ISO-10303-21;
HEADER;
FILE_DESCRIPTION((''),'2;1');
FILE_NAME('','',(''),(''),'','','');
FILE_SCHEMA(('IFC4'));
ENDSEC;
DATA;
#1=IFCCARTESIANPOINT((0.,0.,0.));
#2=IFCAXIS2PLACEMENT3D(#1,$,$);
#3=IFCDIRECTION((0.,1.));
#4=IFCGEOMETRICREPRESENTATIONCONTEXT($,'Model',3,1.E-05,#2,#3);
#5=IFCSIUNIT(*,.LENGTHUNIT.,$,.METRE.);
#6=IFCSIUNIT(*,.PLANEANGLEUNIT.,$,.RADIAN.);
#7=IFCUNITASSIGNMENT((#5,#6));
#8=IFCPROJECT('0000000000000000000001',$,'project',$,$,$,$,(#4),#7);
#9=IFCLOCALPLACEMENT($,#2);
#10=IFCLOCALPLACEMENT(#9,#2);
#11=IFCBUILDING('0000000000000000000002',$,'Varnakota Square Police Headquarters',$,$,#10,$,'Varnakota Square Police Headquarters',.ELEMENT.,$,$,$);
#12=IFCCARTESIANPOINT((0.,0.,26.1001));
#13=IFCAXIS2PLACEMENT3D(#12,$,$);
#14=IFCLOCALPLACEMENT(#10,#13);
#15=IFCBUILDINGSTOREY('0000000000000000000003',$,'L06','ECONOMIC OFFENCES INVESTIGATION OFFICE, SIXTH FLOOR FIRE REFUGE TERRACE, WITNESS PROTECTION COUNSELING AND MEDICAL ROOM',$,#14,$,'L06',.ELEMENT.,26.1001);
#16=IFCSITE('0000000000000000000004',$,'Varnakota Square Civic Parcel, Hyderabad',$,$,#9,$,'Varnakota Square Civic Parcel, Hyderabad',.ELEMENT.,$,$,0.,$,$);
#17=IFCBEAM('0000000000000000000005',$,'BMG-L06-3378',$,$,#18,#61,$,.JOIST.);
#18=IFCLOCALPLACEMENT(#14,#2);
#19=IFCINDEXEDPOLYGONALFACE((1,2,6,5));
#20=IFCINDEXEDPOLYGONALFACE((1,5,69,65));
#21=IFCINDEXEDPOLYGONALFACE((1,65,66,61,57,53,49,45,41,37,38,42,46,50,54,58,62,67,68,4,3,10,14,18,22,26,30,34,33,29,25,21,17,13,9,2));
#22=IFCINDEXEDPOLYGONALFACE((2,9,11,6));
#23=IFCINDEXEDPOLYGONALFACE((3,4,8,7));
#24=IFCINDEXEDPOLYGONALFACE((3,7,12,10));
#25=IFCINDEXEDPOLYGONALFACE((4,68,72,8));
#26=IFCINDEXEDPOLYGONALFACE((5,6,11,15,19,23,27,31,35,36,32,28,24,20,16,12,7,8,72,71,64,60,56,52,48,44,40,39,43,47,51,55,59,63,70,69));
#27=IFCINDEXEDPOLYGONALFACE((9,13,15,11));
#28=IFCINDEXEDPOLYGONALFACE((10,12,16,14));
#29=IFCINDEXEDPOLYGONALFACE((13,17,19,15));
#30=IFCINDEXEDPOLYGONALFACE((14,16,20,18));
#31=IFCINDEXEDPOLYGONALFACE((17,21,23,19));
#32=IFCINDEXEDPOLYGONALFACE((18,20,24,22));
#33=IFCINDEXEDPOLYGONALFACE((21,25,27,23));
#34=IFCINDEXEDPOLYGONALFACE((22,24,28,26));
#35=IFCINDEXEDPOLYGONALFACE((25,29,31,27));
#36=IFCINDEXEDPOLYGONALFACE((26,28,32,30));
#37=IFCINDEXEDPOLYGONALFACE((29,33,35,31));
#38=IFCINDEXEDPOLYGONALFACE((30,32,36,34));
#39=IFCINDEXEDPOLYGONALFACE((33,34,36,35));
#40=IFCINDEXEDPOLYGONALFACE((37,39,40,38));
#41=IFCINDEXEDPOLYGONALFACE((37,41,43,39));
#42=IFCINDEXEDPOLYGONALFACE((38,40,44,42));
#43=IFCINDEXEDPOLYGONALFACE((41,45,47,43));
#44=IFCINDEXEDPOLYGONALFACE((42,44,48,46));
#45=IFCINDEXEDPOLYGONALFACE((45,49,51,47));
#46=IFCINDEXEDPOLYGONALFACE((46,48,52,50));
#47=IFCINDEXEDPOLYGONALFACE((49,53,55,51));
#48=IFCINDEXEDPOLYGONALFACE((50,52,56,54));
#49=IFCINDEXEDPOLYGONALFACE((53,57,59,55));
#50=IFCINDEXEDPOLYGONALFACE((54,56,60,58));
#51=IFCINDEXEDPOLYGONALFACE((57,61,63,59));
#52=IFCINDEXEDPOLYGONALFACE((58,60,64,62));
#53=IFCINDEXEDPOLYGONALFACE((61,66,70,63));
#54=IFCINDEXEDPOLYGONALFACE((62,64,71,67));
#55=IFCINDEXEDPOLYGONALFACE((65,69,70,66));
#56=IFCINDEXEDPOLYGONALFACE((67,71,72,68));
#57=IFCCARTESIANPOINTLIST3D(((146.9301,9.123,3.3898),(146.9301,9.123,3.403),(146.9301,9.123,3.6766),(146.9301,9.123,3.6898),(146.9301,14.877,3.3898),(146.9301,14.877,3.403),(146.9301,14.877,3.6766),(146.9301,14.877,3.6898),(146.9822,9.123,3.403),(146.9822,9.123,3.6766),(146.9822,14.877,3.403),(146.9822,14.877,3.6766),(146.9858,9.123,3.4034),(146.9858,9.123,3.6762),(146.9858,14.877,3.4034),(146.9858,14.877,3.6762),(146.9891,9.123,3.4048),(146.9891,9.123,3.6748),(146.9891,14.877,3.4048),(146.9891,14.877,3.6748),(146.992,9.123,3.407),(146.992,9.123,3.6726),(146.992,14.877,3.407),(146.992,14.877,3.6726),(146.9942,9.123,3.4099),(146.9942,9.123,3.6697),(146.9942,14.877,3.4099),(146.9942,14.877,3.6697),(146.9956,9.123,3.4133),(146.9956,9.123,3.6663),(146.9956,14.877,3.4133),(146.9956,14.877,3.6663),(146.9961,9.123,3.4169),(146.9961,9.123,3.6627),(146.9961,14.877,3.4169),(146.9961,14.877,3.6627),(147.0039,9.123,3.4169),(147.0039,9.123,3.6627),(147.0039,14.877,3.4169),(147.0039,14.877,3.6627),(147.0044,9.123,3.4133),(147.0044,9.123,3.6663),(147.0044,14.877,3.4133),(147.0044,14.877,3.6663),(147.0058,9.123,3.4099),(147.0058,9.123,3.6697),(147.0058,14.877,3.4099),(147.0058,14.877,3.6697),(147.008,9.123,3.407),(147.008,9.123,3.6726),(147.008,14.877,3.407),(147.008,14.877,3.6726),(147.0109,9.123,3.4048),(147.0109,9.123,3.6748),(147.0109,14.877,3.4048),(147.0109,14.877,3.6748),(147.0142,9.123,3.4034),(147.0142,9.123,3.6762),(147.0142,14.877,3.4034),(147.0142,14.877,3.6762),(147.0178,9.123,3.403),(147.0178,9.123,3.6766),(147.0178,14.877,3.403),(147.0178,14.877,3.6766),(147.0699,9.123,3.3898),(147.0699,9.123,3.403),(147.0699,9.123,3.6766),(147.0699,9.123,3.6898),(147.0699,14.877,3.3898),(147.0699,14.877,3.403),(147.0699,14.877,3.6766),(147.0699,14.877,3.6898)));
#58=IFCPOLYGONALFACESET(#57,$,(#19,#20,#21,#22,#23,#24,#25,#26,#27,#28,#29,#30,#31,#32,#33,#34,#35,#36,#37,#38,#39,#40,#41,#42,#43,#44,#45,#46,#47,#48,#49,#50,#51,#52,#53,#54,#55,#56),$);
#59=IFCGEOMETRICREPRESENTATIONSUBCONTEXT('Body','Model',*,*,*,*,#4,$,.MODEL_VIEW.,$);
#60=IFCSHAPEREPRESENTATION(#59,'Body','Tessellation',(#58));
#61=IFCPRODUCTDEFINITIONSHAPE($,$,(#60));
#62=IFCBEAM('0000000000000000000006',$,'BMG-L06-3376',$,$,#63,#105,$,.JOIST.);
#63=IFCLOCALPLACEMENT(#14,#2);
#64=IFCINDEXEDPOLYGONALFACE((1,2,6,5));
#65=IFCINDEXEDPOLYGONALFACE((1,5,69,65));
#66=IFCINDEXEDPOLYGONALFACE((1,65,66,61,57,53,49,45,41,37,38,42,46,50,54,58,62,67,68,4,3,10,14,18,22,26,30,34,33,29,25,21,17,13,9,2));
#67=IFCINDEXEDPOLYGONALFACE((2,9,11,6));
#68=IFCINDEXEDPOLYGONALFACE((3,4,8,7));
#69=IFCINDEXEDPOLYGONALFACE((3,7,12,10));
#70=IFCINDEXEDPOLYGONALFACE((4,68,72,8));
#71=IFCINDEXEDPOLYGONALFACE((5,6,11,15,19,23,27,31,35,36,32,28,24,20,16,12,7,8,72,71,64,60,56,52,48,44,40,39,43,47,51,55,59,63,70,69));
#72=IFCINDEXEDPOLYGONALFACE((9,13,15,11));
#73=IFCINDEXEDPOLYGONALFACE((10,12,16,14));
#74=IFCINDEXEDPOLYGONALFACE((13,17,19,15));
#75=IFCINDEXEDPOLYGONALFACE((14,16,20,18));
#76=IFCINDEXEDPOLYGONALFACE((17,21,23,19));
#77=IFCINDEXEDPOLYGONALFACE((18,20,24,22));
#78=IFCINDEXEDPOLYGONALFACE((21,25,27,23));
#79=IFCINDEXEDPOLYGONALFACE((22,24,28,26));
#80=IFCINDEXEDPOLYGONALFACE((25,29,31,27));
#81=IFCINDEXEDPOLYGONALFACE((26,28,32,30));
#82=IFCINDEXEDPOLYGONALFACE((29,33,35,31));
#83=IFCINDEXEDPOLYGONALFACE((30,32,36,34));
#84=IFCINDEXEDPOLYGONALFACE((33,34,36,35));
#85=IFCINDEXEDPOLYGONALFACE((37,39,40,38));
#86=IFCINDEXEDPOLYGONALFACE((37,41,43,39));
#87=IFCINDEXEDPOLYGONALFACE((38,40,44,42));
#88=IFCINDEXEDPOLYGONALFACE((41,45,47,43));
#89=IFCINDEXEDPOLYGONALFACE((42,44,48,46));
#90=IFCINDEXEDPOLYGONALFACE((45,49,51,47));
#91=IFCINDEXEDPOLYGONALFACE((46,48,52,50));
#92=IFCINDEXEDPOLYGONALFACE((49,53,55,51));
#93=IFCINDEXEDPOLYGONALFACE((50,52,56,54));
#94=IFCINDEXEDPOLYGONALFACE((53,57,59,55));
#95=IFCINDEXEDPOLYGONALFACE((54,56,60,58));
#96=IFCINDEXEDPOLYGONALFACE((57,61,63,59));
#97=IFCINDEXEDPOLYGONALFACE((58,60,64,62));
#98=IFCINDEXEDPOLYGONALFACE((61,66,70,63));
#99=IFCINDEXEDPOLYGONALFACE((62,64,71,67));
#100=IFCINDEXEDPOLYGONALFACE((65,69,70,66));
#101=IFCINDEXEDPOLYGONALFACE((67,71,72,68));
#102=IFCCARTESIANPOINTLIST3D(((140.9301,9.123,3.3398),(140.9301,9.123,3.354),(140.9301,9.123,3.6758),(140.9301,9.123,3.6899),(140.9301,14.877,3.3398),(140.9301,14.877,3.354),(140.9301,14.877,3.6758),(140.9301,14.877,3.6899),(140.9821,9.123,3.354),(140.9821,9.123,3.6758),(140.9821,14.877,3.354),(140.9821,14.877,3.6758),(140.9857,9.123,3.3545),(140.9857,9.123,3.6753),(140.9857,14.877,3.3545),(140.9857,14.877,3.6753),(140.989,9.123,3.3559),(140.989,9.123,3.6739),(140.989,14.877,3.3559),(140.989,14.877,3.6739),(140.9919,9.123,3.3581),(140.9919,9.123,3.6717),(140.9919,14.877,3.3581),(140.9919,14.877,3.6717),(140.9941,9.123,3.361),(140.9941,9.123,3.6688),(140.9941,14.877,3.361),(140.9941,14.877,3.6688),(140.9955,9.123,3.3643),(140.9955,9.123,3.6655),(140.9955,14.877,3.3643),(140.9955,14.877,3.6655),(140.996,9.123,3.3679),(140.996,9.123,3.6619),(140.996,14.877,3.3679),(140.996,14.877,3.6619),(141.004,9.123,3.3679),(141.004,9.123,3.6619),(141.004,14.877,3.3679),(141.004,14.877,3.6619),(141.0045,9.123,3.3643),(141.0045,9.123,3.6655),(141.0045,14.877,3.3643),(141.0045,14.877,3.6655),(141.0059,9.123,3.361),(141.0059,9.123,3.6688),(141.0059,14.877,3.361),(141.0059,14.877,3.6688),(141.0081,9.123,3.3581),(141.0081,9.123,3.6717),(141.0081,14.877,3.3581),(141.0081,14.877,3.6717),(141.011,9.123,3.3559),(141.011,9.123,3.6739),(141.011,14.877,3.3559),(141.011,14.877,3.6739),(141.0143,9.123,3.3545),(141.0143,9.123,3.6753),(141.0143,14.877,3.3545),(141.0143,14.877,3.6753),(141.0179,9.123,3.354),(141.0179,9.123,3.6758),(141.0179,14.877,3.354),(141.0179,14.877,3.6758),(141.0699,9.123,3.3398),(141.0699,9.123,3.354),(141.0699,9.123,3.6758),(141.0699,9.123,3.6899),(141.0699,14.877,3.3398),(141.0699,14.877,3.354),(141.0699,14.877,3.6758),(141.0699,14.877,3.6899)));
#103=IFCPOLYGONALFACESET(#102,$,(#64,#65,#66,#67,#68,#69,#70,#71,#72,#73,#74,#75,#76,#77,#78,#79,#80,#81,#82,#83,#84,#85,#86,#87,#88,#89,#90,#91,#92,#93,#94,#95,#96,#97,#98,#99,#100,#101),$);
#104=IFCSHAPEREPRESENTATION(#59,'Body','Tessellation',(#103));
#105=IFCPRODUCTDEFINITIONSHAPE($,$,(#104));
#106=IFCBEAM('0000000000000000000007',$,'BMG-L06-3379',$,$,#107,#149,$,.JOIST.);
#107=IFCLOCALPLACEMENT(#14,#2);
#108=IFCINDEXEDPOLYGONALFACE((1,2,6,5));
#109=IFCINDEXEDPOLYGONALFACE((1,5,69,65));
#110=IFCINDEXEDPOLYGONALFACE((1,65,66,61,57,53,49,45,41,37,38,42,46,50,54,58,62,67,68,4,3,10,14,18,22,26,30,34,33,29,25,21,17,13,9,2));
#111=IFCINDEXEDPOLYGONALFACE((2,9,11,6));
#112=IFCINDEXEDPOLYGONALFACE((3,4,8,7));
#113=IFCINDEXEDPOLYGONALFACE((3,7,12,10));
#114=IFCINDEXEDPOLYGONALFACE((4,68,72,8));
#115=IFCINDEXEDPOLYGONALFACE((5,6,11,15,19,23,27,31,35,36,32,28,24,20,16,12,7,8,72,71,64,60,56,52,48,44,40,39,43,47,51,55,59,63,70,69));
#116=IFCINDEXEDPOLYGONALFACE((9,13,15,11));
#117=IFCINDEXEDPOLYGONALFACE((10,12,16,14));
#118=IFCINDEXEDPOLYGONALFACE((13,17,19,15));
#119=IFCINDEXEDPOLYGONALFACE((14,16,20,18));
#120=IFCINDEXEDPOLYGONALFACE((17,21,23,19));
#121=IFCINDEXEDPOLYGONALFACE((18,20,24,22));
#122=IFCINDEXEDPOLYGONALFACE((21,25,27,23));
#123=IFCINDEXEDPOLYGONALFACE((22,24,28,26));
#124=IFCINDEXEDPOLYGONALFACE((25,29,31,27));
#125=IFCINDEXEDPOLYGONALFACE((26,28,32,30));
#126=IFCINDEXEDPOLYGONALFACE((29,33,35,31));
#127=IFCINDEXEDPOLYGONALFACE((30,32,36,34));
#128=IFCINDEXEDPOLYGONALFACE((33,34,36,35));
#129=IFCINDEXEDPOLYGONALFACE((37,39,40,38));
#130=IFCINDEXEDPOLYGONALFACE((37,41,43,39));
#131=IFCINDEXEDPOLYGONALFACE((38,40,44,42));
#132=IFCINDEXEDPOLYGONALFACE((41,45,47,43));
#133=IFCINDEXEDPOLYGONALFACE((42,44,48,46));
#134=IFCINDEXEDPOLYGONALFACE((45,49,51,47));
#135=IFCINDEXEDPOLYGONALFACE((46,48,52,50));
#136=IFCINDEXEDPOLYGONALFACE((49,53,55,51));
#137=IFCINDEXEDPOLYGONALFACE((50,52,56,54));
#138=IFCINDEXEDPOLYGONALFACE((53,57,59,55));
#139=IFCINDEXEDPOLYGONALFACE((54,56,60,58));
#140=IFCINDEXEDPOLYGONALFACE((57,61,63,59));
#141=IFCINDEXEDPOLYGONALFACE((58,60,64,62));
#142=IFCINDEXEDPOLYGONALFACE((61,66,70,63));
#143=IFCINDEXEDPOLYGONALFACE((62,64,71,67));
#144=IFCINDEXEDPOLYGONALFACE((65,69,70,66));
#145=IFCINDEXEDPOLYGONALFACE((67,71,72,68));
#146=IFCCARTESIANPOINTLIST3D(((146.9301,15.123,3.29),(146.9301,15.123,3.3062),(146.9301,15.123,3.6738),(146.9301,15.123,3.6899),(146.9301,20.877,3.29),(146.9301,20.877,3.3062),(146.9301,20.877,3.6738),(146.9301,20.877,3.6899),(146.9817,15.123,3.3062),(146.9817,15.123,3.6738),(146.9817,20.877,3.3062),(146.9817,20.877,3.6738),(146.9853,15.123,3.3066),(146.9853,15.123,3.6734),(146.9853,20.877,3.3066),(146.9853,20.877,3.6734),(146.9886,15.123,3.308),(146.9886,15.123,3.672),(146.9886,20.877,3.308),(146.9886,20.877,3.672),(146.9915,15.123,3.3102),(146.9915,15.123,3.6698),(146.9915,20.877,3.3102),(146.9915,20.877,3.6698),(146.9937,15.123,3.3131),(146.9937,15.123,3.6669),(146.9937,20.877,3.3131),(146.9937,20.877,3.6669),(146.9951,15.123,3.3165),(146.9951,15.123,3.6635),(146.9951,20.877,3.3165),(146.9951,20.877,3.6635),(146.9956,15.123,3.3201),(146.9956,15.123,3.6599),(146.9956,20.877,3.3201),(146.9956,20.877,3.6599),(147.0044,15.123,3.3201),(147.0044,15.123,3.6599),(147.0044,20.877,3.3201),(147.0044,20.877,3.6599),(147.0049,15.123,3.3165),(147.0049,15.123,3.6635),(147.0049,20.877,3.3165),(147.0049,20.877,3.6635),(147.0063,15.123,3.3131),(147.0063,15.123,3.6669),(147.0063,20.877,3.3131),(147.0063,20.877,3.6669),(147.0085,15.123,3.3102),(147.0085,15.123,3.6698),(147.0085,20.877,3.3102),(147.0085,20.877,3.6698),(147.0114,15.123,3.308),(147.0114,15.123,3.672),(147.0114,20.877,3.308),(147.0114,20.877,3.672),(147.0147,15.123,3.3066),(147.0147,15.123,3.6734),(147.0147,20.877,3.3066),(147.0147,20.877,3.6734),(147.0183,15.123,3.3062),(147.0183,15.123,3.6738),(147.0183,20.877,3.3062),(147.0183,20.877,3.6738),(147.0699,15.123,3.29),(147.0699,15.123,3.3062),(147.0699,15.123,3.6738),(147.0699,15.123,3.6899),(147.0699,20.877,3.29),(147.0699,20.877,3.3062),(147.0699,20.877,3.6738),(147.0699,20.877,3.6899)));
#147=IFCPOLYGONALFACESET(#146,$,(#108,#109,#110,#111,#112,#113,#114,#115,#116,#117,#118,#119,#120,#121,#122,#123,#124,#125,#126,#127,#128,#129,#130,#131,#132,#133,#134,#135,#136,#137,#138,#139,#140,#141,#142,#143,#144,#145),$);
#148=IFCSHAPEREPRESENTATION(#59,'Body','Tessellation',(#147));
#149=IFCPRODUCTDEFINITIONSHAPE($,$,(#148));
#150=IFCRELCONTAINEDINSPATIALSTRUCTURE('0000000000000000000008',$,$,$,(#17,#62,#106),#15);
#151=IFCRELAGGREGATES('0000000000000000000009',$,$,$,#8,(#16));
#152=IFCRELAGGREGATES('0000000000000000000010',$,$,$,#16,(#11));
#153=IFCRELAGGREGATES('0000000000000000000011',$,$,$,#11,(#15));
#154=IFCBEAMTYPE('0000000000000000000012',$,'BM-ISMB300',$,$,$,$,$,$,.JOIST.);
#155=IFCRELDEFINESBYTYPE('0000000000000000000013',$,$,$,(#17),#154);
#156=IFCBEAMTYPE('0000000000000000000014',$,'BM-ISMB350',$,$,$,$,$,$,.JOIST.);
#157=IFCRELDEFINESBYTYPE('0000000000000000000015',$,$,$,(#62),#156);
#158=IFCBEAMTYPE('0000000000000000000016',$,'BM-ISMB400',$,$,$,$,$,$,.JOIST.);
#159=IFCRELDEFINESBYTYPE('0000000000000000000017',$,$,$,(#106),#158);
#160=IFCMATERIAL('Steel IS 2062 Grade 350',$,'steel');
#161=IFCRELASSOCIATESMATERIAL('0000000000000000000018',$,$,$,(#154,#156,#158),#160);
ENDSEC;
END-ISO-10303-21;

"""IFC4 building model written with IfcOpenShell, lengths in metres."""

from ifc_helpers import new_model, si_unit, direction, frame, origin, origin_2d, place, context, subcontext, project, spatial, i_section, extrude, material, material_profile, profile_set, type_object, element, save


model = new_model("IFC4")

# Units and contexts
model_context = context("Model", 3, precision=1e-05, world=origin(), true_north=direction((0.0, 1.0)))
body_context = subcontext(model_context, "Body", "Model", "MODEL_VIEW")
ifc_project = project(units=[si_unit("LENGTHUNIT", "METRE"), si_unit("PLANEANGLEUNIT", "RADIAN")], contexts=[model_context])

# Site, building, storey
site_placement = place(None, origin())
site = spatial("IfcSite", under=ifc_project, at=site_placement, Name="Varnakota Square Civic Parcel, Hyderabad", LongName="Varnakota Square Civic Parcel, Hyderabad", CompositionType="ELEMENT", RefElevation=0.0)
building_placement = place(site_placement, origin())
building = spatial("IfcBuilding", under=site, at=building_placement, Name="Varnakota Square Police Headquarters", LongName="Varnakota Square Police Headquarters", CompositionType="ELEMENT")
storey_placement = place(building_placement, frame((0.0, 0.0, 26.1001)))
storey = spatial("IfcBuildingStorey", under=building, at=storey_placement, Name="L06", Description="ECONOMIC OFFENCES INVESTIGATION OFFICE, SIXTH FLOOR FIRE REFUGE TERRACE, WITNESS PROTECTION COUNSELING AND MEDICAL ROOM", LongName="L06", CompositionType="ELEMENT", Elevation=26.1001)

# Shared definitions
ifc_material_1 = material(Name="Steel IS 2062 Grade 350", Category="steel")

# Beams
ifc_material_profile_1 = material_profile(ifc_material_1, i_section(OverallWidth=0.1399, OverallDepth=0.3, WebThickness=0.0078, FlangeThickness=0.0132, FilletRadius=0.0139, at=origin_2d()), Name="ISMB 300")
ifc_profile_set_1 = profile_set([ifc_material_profile_1], Name="Steel IS 2062 Grade 350")
beam_type_1 = type_object("IfcBeamType", Name="BM-ISMB300", PredefinedType="JOIST", material=ifc_profile_set_1)
beam_1_placement = place(storey_placement, frame((147.0, 9.123, 3.5398), z_axis=(0.0, 1.0, 0.0), x_axis=(-1.0, 0.0, 0.0)))
element("IfcBeam", 1, at=beam_1_placement, inside=storey, type_object=beam_type_1, Name="BMG-L06-3378", PredefinedType="JOIST", context=body_context, shape_type="SweptSolid", body=[
    extrude(i_section(OverallWidth=0.1399, OverallDepth=0.3, WebThickness=0.0078, FlangeThickness=0.0132, FilletRadius=0.0139, at=origin_2d()), origin(), (0.0, 0.0, 1.0), 5.7539),
])
ifc_material_profile_2 = material_profile(ifc_material_1, i_section(OverallWidth=0.1399, OverallDepth=0.3501, WebThickness=0.0081, FlangeThickness=0.0142, FilletRadius=0.0139, at=origin_2d()), Name="ISMB 350")
ifc_profile_set_2 = profile_set([ifc_material_profile_2], Name="Steel IS 2062 Grade 350")
beam_type_2 = type_object("IfcBeamType", Name="BM-ISMB350", PredefinedType="JOIST", material=ifc_profile_set_2)
beam_2_placement = place(storey_placement, frame((141.0, 9.123, 3.5149), z_axis=(0.0, 1.0, 0.0), x_axis=(-1.0, 0.0, 0.0)))
element("IfcBeam", 2, at=beam_2_placement, inside=storey, type_object=beam_type_2, Name="BMG-L06-3376", PredefinedType="JOIST", context=body_context, shape_type="SweptSolid", body=[
    extrude(i_section(OverallWidth=0.1399, OverallDepth=0.3501, WebThickness=0.0081, FlangeThickness=0.0142, FilletRadius=0.0139, at=origin_2d()), origin(), (0.0, 0.0, 1.0), 5.7539),
])
ifc_material_profile_3 = material_profile(ifc_material_1, i_section(OverallWidth=0.1399, OverallDepth=0.3999, WebThickness=0.0088, FlangeThickness=0.0161, FilletRadius=0.0139, at=origin_2d()), Name="ISMB 400")
ifc_profile_set_3 = profile_set([ifc_material_profile_3], Name="Steel IS 2062 Grade 350")
beam_type_3 = type_object("IfcBeamType", Name="BM-ISMB400", PredefinedType="JOIST", material=ifc_profile_set_3)
beam_3_placement = place(storey_placement, frame((147.0, 15.123, 3.49), z_axis=(0.0, 1.0, 0.0), x_axis=(-1.0, 0.0, 0.0)))
element("IfcBeam", 3, at=beam_3_placement, inside=storey, type_object=beam_type_3, Name="BMG-L06-3379", PredefinedType="JOIST", context=body_context, shape_type="SweptSolid", body=[
    extrude(i_section(OverallWidth=0.1399, OverallDepth=0.3999, WebThickness=0.0088, FlangeThickness=0.0161, FilletRadius=0.0139, at=origin_2d()), origin(), (0.0, 0.0, 1.0), 5.7539),
])

save(model, "model.ifc")
